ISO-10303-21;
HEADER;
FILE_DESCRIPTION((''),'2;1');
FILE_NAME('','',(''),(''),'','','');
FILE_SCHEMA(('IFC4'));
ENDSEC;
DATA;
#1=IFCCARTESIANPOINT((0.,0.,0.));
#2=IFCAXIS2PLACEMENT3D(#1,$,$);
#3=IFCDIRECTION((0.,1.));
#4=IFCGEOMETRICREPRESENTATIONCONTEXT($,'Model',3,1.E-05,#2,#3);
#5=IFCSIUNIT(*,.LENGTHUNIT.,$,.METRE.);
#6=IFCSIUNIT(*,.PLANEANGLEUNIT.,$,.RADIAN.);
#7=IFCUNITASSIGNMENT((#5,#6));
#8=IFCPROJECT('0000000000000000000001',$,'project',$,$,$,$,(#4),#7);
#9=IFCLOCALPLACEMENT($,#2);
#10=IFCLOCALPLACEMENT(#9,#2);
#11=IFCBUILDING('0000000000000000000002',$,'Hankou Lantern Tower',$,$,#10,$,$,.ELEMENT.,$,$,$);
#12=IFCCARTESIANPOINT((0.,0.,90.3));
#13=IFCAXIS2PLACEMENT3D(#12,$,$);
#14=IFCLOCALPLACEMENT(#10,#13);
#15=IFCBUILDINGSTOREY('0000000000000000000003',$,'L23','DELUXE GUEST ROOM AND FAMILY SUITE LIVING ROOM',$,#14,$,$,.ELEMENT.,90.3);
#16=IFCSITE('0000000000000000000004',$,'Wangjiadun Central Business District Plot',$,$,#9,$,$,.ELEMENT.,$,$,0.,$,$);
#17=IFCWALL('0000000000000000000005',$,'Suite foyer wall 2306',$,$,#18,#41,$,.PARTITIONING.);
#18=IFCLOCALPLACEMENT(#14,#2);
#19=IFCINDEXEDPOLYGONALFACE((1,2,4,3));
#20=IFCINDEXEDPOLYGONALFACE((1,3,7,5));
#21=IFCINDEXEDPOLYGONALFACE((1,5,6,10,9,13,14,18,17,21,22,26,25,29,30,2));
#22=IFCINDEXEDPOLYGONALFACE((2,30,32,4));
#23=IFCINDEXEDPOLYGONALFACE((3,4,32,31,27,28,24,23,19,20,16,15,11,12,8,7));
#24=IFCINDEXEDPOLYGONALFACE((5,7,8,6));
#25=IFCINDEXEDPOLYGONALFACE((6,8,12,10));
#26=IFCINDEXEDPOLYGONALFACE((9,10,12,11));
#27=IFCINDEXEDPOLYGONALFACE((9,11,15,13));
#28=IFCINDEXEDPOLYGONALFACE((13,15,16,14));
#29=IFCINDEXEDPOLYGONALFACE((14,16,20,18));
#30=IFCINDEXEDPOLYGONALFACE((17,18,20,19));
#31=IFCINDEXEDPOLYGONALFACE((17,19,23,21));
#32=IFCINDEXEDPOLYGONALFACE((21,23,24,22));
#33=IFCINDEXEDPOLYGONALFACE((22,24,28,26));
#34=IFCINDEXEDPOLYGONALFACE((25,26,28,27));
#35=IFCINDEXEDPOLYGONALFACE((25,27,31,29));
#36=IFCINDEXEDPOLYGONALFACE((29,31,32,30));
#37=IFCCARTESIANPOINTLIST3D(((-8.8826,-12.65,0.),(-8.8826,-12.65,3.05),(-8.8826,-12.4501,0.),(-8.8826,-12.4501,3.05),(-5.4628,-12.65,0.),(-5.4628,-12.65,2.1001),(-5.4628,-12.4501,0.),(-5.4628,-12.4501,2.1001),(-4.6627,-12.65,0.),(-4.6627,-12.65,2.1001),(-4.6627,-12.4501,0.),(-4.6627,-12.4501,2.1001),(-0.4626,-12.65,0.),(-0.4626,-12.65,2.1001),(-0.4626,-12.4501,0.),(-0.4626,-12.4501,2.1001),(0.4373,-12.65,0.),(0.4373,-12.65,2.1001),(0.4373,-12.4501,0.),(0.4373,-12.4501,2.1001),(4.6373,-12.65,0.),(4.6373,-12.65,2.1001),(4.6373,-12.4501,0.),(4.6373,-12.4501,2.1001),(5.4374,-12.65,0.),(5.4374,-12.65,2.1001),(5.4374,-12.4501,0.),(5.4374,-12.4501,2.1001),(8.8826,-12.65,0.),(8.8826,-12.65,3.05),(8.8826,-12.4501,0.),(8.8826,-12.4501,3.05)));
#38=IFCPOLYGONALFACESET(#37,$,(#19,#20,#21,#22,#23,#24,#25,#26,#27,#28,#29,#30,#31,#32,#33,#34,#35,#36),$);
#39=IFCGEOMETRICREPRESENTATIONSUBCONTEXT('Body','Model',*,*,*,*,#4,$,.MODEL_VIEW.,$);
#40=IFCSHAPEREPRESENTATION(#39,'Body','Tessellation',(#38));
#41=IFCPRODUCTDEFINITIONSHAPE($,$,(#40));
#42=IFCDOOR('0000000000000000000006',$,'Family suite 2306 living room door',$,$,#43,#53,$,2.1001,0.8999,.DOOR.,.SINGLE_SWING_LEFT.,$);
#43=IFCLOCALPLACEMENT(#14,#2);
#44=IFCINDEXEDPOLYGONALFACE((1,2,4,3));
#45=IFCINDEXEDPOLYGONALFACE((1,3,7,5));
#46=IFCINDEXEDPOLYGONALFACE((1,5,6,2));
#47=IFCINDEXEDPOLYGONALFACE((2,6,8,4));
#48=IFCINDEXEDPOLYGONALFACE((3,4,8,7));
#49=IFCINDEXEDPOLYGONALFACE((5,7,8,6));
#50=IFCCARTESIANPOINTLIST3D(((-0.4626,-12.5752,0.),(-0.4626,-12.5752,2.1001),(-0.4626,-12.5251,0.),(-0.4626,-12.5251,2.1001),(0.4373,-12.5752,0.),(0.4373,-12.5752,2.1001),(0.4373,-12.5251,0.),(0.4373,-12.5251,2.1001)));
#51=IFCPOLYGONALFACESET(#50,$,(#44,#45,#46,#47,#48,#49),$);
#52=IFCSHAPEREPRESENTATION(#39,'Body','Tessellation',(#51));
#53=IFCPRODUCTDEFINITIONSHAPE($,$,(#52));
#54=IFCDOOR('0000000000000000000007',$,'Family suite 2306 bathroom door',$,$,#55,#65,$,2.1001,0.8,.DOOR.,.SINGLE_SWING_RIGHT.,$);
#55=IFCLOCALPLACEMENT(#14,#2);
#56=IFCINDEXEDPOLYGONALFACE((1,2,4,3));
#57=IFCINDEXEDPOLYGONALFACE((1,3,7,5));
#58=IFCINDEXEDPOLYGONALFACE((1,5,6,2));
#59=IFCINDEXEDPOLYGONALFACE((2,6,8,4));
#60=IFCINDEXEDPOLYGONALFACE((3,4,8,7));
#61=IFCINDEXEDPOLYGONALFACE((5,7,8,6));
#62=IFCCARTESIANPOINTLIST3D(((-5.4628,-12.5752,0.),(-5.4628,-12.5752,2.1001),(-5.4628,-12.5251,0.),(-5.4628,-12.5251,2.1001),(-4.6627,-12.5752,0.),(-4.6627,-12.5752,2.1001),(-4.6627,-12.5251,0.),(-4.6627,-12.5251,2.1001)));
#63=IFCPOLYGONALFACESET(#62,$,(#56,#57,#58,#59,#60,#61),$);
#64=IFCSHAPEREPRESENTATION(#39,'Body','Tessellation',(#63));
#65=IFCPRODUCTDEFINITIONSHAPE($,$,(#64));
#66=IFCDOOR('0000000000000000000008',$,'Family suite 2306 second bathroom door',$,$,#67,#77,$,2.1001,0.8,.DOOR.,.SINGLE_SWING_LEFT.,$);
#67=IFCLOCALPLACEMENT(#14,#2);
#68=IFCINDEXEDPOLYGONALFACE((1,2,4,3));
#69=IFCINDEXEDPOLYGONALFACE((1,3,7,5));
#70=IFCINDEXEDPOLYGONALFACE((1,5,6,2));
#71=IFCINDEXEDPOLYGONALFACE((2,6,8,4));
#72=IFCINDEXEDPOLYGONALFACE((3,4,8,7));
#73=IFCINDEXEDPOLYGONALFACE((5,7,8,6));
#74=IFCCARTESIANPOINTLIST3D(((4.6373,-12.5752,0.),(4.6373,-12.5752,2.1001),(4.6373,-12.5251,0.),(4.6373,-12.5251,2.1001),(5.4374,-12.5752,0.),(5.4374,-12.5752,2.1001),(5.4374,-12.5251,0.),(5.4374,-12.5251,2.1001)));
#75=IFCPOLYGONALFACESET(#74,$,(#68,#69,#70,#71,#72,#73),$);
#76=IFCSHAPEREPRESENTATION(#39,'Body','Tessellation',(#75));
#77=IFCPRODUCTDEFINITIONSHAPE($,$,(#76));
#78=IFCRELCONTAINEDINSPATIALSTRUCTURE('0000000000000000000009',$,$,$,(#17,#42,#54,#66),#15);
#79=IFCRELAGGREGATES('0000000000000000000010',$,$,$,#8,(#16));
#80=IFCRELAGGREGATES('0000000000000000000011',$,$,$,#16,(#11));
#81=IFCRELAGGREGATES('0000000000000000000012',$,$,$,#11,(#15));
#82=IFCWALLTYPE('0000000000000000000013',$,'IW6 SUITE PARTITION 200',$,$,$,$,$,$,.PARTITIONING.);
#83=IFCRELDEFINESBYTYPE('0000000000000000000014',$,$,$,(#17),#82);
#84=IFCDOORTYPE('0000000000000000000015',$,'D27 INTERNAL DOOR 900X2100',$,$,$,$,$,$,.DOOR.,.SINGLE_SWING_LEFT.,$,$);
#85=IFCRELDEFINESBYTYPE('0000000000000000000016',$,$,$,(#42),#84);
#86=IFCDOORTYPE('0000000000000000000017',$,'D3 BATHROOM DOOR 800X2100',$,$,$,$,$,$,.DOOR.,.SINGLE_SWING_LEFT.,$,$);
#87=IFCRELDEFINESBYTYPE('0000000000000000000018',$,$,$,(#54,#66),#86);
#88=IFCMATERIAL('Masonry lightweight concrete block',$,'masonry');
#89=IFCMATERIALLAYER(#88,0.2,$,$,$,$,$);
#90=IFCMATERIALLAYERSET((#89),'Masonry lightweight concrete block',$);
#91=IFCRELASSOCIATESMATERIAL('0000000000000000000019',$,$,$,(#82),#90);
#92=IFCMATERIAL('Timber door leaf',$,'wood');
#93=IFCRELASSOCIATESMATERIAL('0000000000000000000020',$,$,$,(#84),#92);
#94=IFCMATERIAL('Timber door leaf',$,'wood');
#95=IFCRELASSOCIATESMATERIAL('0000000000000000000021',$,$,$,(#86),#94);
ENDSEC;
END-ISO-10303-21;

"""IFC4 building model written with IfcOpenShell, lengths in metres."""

from ifc_helpers import new_model, si_unit, direction, frame, frame_2d, origin, place, context, subcontext, project, spatial, rectangle, extrude, material, layer, layer_set, type_object, element, fill, save


model = new_model("IFC4")

# Units and contexts
model_context = context("Model", 3, precision=1e-05, world=origin(), true_north=direction((0.0, 1.0)))
body_context = subcontext(model_context, "Body", "Model", "MODEL_VIEW")
ifc_project = project(units=[si_unit("LENGTHUNIT", "METRE"), si_unit("PLANEANGLEUNIT", "RADIAN")], contexts=[model_context])

# Site, building, storey
site_placement = place(None, origin())
site = spatial("IfcSite", under=ifc_project, at=site_placement, Name="Wangjiadun Central Business District Plot", CompositionType="ELEMENT", RefElevation=0.0)
building_placement = place(site_placement, origin())
building = spatial("IfcBuilding", under=site, at=building_placement, Name="Hankou Lantern Tower", CompositionType="ELEMENT")
storey_placement = place(building_placement, frame((0.0, 0.0, 90.3)))
storey = spatial("IfcBuildingStorey", under=building, at=storey_placement, Name="L23", Description="DELUXE GUEST ROOM AND FAMILY SUITE LIVING ROOM", CompositionType="ELEMENT", Elevation=90.3)

# Wall, openings, doors
ifc_material_1 = material(Name="Masonry lightweight concrete block", Category="masonry")
ifc_layer_1 = layer(ifc_material_1, 0.2)
ifc_layer_set_1 = layer_set([ifc_layer_1], Name="Masonry lightweight concrete block")
wall_type_1 = type_object("IfcWallType", Name="IW6 SUITE PARTITION 200", PredefinedType="PARTITIONING", material=ifc_layer_set_1)
wall_1_placement = place(storey_placement, frame((-8.8826, -12.55, 0.0), z_axis=(0.0, 0.0, 1.0), x_axis=(1.0, 0.0, 0.0)))
wall_1 = element("IfcWall", 1, at=wall_1_placement, inside=storey, type_object=wall_type_1, Name="Suite foyer wall 2306", PredefinedType="PARTITIONING", context=body_context, shape_type="SweptSolid", body=[
    extrude(rectangle(XDim=17.7651, YDim=0.2, at=frame_2d((8.8826, 0.0))), origin(), (0.0, 0.0, 1.0), 3.05),
])
opening_1_placement = place(wall_1_placement, frame((3.4199, 0.0, 0.0)))
opening_1 = element("IfcOpeningElement", 2, at=opening_1_placement, cuts=wall_1, PredefinedType="OPENING", context=body_context, shape_type="SweptSolid", body=[
    extrude(rectangle(XDim=0.8, YDim=2.1001, at=frame_2d((0.3999, 1.05))), frame((0.0, 0.1099, 0.0), z_axis=(0.0, -1.0, 0.0), x_axis=(1.0, 0.0, 0.0)), (0.0, 0.0, 1.0), 0.22),
])
opening_2_placement = place(wall_1_placement, frame((13.52, 0.0, 0.0)))
opening_2 = element("IfcOpeningElement", 3, at=opening_2_placement, cuts=wall_1, PredefinedType="OPENING", context=body_context, shape_type="SweptSolid", body=[
    extrude(rectangle(XDim=0.8, YDim=2.1001, at=frame_2d((0.3999, 1.05))), frame((0.0, 0.1099, 0.0), z_axis=(0.0, -1.0, 0.0), x_axis=(1.0, 0.0, 0.0)), (0.0, 0.0, 1.0), 0.22),
])
opening_3_placement = place(wall_1_placement, frame((8.4199, 0.0, 0.0)))
opening_3 = element("IfcOpeningElement", 4, at=opening_3_placement, cuts=wall_1, PredefinedType="OPENING", context=body_context, shape_type="SweptSolid", body=[
    extrude(rectangle(XDim=0.8999, YDim=2.1001, at=frame_2d((0.45, 1.05))), frame((0.0, 0.1099, 0.0), z_axis=(0.0, -1.0, 0.0), x_axis=(1.0, 0.0, 0.0)), (0.0, 0.0, 1.0), 0.22),
])
ifc_material_2 = material(Name="Timber door leaf", Category="wood")
door_type_1 = type_object("IfcDoorType", Name="D27 INTERNAL DOOR 900X2100", OperationType="SINGLE_SWING_LEFT", PredefinedType="DOOR", material=ifc_material_2)
door_1_placement = place(opening_3_placement, origin())
door_1 = element("IfcDoor", 5, at=door_1_placement, inside=storey, type_object=door_type_1, Name="Family suite 2306 living room door", OperationType="SINGLE_SWING_LEFT", OverallHeight=2.1001, OverallWidth=0.8999, PredefinedType="DOOR", context=body_context, shape_type="SweptSolid", body=[
    extrude(rectangle(XDim=0.8999, YDim=2.1001, at=frame_2d((0.45, 1.05))), frame((0.0, 0.0249, 0.0), z_axis=(0.0, -1.0, 0.0), x_axis=(1.0, 0.0, 0.0)), (0.0, 0.0, 1.0), 0.05),
])
fill(opening_3, door_1)
ifc_material_3 = material(Name="Timber door leaf", Category="wood")
door_type_2 = type_object("IfcDoorType", Name="D3 BATHROOM DOOR 800X2100", OperationType="SINGLE_SWING_LEFT", PredefinedType="DOOR", material=ifc_material_3)
door_2_placement = place(opening_1_placement, origin())
door_2 = element("IfcDoor", 6, at=door_2_placement, inside=storey, type_object=door_type_2, Name="Family suite 2306 bathroom door", OperationType="SINGLE_SWING_RIGHT", OverallHeight=2.1001, OverallWidth=0.8, PredefinedType="DOOR", context=body_context, shape_type="SweptSolid", body=[
    extrude(rectangle(XDim=0.8, YDim=2.1001, at=frame_2d((0.3999, 1.05))), frame((0.0, 0.0249, 0.0), z_axis=(0.0, -1.0, 0.0), x_axis=(1.0, 0.0, 0.0)), (0.0, 0.0, 1.0), 0.05),
])
fill(opening_1, door_2)
door_3_placement = place(opening_2_placement, origin())
door_3 = element("IfcDoor", 7, at=door_3_placement, inside=storey, type_object=door_type_2, Name="Family suite 2306 second bathroom door", OperationType="SINGLE_SWING_LEFT", OverallHeight=2.1001, OverallWidth=0.8, PredefinedType="DOOR", context=body_context, shape_type="SweptSolid", body=[
    extrude(rectangle(XDim=0.8, YDim=2.1001, at=frame_2d((0.3999, 1.05))), frame((0.0, 0.0249, 0.0), z_axis=(0.0, -1.0, 0.0), x_axis=(1.0, 0.0, 0.0)), (0.0, 0.0, 1.0), 0.05),
])
fill(opening_2, door_3)

save(model, "model.ifc")
